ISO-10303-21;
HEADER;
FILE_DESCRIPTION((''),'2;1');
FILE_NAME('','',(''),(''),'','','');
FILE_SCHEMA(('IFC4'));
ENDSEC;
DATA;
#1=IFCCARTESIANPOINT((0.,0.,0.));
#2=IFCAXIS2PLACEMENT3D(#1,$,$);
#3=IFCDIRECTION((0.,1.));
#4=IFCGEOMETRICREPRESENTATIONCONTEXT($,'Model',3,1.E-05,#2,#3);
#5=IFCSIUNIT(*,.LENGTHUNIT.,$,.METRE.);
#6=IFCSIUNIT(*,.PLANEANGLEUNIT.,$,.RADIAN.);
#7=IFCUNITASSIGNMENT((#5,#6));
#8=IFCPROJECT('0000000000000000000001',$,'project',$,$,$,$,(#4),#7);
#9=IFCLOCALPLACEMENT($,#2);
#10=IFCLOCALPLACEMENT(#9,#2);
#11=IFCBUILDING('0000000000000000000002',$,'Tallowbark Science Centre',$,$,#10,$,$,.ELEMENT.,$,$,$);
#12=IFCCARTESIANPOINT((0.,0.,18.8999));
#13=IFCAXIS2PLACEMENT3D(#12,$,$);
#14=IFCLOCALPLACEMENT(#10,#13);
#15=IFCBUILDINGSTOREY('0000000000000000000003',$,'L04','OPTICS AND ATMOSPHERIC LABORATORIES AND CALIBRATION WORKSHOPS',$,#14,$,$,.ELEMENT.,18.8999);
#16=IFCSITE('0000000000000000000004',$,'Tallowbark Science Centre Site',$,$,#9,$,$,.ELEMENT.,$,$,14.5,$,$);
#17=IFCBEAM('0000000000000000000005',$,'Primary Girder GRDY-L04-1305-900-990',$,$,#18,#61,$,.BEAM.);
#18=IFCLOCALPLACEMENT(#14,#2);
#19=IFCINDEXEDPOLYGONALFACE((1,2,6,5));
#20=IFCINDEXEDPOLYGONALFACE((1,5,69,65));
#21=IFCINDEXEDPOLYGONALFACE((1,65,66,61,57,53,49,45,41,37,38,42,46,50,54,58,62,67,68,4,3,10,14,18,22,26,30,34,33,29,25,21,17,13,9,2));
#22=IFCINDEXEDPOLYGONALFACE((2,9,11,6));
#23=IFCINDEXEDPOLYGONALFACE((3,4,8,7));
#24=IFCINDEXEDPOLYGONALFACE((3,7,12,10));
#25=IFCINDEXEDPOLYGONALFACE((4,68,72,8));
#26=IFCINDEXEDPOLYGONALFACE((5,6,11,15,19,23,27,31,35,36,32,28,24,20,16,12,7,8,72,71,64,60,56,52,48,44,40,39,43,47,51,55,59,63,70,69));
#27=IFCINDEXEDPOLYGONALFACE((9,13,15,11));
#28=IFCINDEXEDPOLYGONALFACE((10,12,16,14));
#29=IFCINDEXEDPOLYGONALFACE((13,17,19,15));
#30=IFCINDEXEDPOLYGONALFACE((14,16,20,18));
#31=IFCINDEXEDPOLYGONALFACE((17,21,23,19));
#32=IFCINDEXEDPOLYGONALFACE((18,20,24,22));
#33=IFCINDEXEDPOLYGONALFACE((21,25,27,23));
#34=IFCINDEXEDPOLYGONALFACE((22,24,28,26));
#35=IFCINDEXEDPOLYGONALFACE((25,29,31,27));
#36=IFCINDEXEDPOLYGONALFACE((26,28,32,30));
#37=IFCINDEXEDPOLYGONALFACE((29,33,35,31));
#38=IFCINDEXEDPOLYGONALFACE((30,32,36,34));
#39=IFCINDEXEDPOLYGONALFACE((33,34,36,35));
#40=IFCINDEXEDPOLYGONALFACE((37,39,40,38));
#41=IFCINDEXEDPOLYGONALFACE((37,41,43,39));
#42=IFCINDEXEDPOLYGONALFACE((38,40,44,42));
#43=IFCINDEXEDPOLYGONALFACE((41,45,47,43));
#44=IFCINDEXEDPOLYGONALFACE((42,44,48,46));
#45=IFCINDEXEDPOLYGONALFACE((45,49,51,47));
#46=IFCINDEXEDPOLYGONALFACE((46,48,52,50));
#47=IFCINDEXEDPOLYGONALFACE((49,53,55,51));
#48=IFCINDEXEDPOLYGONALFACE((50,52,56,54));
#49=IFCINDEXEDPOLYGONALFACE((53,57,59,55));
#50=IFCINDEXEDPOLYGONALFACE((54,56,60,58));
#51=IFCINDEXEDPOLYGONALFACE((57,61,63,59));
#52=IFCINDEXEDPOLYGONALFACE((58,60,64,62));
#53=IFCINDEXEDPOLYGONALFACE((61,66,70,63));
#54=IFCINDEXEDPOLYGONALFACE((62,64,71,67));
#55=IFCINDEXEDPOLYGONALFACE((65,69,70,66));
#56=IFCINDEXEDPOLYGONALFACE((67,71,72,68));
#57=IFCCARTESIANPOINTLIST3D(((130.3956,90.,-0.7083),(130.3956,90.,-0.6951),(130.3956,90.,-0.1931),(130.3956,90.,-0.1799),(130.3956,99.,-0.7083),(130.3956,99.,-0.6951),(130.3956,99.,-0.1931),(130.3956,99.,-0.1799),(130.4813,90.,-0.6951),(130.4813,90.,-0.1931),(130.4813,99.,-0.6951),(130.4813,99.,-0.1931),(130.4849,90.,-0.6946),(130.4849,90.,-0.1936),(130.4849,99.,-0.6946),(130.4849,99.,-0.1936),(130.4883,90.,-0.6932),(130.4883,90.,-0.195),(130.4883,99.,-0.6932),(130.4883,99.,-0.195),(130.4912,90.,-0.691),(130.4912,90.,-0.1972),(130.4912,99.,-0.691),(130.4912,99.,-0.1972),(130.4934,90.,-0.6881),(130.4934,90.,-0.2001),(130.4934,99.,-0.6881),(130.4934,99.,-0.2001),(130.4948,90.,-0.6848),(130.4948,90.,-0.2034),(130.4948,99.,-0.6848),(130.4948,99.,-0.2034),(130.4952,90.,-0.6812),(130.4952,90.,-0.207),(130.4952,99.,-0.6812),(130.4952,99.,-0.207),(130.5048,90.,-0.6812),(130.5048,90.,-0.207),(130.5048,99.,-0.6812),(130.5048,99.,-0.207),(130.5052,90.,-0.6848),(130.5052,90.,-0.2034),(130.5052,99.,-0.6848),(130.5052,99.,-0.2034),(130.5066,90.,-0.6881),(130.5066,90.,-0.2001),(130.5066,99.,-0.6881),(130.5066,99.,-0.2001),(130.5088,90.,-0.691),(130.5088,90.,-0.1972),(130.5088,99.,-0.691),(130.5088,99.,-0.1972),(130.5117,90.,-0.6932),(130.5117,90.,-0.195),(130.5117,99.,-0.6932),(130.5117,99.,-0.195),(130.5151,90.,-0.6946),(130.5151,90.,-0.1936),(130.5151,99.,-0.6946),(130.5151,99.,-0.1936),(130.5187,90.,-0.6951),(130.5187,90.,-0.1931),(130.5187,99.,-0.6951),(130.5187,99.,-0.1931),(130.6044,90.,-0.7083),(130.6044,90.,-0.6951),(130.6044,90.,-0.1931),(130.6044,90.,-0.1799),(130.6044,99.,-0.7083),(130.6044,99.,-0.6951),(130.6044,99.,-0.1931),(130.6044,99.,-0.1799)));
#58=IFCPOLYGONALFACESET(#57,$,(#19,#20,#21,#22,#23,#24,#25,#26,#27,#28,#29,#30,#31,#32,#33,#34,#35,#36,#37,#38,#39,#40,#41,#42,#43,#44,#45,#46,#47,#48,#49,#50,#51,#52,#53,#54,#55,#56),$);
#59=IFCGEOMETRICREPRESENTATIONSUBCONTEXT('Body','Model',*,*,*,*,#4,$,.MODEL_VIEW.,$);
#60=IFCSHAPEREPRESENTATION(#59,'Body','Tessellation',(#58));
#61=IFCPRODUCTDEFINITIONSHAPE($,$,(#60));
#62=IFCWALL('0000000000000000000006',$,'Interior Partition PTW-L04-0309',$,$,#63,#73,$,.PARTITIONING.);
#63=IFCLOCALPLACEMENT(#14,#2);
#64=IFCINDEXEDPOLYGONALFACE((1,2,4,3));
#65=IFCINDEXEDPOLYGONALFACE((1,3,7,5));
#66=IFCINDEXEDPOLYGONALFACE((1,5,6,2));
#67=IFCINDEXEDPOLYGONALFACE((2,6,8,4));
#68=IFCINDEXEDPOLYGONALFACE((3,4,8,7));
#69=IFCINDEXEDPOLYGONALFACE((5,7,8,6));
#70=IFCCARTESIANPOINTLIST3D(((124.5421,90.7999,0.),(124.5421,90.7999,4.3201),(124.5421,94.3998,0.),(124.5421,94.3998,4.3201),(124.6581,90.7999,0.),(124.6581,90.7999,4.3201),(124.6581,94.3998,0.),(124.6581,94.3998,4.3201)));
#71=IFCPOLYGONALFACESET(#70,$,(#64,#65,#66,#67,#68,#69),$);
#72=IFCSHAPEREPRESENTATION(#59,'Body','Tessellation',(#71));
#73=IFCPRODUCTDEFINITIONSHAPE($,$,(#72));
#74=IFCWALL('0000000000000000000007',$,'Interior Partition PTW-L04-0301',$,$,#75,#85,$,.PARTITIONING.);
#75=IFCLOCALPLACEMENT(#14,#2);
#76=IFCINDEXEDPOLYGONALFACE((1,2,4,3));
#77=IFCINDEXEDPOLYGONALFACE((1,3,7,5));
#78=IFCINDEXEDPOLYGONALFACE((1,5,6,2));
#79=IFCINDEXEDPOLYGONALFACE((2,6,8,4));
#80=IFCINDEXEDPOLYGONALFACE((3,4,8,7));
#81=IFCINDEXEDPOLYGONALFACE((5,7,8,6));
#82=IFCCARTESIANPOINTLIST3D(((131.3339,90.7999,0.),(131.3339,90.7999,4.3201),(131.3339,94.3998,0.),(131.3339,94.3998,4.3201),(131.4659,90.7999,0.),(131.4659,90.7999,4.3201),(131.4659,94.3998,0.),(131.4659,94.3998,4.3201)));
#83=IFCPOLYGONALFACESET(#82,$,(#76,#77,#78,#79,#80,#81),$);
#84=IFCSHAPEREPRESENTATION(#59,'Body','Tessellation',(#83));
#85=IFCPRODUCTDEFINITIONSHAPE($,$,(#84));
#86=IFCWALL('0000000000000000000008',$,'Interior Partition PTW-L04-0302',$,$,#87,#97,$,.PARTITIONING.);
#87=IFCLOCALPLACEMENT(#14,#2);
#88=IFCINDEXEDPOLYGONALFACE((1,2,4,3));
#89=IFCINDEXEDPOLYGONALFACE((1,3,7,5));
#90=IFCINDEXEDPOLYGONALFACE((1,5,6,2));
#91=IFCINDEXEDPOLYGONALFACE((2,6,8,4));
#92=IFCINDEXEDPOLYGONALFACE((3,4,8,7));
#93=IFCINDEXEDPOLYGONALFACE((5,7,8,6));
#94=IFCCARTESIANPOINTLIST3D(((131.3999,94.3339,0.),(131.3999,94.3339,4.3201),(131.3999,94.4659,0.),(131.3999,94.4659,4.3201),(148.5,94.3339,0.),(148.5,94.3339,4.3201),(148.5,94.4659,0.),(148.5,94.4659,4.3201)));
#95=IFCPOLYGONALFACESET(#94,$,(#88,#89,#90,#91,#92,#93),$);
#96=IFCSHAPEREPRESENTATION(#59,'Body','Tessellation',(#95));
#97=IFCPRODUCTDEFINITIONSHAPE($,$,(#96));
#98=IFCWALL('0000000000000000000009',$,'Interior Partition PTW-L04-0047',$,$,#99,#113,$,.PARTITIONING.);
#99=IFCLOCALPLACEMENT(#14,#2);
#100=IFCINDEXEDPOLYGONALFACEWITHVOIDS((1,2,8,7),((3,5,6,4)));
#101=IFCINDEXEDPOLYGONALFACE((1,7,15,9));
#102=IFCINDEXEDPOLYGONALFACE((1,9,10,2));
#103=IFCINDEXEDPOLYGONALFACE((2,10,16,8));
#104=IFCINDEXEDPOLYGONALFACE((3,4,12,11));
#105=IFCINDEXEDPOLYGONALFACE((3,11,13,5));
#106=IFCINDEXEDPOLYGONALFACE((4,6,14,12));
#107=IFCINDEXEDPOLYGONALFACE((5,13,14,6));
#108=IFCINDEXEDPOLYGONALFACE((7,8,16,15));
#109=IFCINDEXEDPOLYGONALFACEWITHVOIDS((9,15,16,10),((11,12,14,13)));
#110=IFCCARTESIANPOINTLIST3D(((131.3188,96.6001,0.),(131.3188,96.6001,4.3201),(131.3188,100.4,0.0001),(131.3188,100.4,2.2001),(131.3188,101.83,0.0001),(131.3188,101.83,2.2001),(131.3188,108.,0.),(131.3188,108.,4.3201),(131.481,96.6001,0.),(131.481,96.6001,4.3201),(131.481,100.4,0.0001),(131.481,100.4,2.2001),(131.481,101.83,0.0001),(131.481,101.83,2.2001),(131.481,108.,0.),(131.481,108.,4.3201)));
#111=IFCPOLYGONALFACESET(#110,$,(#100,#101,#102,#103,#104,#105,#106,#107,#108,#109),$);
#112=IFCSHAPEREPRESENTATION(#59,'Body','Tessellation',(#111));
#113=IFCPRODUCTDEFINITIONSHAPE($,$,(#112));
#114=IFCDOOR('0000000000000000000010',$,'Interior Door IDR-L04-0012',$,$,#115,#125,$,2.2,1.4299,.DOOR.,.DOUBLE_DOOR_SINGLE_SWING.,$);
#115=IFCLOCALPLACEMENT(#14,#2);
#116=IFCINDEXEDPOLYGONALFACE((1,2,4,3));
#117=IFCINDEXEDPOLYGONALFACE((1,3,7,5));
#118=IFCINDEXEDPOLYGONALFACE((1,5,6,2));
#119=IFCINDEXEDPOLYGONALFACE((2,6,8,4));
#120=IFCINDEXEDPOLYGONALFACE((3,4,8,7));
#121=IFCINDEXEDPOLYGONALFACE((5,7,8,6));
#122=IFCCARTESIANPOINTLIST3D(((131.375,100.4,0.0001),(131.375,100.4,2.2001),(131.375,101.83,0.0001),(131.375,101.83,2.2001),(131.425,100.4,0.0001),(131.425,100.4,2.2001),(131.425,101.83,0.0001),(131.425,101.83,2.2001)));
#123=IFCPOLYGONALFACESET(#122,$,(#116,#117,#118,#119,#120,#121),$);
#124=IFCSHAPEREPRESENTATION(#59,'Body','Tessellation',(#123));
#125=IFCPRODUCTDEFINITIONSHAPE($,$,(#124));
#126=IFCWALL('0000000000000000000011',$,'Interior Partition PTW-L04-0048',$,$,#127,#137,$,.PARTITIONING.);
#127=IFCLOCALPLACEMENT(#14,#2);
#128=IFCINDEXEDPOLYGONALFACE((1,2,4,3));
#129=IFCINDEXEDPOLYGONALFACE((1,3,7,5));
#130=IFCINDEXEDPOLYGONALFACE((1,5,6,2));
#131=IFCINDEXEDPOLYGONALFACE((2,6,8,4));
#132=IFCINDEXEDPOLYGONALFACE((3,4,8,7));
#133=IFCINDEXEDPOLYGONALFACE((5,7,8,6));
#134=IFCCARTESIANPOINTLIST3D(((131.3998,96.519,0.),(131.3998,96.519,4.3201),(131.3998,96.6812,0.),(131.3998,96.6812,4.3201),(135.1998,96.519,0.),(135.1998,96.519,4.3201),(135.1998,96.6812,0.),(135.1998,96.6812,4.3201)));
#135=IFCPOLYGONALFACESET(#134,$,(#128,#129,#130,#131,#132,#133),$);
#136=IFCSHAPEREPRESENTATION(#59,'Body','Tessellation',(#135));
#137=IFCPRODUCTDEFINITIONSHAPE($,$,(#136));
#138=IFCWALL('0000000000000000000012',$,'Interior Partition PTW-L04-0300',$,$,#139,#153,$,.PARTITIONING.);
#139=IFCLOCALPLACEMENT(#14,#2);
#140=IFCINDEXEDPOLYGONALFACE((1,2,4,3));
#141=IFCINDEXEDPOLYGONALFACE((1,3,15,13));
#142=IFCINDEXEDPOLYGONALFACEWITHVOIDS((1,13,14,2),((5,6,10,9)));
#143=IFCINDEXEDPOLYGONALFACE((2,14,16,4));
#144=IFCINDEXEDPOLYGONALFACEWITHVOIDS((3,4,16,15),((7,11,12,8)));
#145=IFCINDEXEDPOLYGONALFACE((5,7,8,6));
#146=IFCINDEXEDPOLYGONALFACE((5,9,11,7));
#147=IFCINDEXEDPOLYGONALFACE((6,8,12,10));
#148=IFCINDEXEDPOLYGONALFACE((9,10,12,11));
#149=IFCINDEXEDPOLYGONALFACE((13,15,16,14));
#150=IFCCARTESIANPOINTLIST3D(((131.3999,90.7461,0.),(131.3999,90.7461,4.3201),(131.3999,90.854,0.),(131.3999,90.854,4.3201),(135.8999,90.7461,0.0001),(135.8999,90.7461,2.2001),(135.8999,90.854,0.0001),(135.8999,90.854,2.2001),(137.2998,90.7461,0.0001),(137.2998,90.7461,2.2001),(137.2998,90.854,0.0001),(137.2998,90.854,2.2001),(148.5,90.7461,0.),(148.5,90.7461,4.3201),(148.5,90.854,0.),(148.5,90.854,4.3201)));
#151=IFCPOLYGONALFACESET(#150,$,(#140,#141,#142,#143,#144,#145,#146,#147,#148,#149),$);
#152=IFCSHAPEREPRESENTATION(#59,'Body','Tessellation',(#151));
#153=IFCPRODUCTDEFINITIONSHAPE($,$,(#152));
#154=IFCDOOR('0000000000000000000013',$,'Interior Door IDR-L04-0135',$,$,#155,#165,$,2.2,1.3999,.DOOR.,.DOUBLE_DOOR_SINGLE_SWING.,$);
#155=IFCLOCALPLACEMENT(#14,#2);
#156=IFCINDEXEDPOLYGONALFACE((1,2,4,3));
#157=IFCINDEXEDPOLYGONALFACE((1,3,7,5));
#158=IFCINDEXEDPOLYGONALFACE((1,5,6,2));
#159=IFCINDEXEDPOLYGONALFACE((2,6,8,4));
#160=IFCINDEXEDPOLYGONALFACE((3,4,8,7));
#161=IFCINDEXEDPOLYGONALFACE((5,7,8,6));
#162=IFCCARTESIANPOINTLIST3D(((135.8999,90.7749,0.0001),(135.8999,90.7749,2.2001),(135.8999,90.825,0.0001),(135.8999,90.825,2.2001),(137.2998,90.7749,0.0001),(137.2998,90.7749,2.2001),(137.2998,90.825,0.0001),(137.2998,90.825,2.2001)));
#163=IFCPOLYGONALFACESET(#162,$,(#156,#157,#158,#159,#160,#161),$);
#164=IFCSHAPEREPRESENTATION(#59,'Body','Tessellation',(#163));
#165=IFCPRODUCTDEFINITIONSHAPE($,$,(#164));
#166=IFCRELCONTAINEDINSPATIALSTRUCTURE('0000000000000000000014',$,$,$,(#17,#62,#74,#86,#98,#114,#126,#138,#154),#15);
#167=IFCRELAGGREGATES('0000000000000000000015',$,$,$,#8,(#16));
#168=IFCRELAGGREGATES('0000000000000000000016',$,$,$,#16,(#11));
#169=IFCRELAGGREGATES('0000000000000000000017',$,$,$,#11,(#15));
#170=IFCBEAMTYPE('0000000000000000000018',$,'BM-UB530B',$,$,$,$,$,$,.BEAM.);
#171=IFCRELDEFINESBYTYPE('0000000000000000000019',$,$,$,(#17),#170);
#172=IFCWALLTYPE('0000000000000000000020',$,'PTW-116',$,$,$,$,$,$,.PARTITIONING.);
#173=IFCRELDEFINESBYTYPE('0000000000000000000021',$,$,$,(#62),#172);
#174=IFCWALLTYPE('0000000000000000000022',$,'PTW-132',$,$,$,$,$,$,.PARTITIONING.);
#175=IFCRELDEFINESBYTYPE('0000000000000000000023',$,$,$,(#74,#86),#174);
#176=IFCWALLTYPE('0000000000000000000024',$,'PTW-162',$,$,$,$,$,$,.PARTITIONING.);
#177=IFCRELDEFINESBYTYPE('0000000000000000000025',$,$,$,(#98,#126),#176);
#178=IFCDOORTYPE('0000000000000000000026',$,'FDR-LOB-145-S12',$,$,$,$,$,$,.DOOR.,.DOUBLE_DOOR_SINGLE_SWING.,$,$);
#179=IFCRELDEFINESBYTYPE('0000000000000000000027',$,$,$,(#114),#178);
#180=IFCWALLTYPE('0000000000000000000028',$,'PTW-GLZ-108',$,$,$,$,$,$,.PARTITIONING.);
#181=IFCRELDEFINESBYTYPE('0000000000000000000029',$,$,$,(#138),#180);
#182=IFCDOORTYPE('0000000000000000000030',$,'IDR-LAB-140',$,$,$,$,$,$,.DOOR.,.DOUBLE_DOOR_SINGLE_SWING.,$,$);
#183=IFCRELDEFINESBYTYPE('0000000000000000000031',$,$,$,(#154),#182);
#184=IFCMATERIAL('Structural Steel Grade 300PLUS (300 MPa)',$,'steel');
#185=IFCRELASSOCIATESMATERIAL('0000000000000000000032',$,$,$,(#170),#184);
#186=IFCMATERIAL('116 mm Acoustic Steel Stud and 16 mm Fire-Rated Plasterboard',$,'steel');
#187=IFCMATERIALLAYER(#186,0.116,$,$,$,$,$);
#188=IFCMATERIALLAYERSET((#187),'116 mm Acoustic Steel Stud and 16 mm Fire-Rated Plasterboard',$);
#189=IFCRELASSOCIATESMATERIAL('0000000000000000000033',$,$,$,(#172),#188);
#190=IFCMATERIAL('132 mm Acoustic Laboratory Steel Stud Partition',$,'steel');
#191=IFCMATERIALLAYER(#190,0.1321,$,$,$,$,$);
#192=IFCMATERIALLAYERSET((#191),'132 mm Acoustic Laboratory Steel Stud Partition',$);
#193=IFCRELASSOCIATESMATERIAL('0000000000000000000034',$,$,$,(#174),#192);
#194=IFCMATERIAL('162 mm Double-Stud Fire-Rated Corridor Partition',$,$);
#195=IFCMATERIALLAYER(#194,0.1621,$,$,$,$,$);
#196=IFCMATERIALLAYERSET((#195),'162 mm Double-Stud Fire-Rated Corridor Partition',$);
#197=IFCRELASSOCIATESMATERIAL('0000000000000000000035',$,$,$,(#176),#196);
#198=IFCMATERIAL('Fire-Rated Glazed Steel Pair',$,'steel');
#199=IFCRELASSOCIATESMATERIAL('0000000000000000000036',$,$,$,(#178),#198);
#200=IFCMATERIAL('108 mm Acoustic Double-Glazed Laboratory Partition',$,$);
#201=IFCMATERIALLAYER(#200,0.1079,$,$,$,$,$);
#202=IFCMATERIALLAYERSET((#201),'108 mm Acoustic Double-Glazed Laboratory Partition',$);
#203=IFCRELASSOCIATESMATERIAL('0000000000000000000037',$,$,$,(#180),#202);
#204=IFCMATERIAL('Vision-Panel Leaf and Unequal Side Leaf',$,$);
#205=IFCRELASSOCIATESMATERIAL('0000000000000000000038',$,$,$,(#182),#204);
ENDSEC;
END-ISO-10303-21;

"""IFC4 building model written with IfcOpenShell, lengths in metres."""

from ifc_helpers import new_model, si_unit, direction, frame, frame_2d, origin, origin_2d, place, context, subcontext, project, spatial, rectangle, i_section, extrude, material, layer, layer_set, material_profile, profile_set, type_object, element, fill, save


model = new_model("IFC4")

# Units and contexts
model_context = context("Model", 3, precision=1e-05, world=origin(), true_north=direction((0.0, 1.0)))
body_context = subcontext(model_context, "Body", "Model", "MODEL_VIEW")
ifc_project = project(units=[si_unit("LENGTHUNIT", "METRE"), si_unit("PLANEANGLEUNIT", "RADIAN")], contexts=[model_context])

# Site, building, storey
site_placement = place(None, origin())
site = spatial("IfcSite", under=ifc_project, at=site_placement, Name="Tallowbark Science Centre Site", CompositionType="ELEMENT", RefElevation=14.5)
building_placement = place(site_placement, origin())
building = spatial("IfcBuilding", under=site, at=building_placement, Name="Tallowbark Science Centre", CompositionType="ELEMENT")
storey_placement = place(building_placement, frame((0.0, 0.0, 18.8999)))
storey = spatial("IfcBuildingStorey", under=building, at=storey_placement, Name="L04", Description="OPTICS AND ATMOSPHERIC LABORATORIES AND CALIBRATION WORKSHOPS", CompositionType="ELEMENT", Elevation=18.8999)

# Shared definitions
ifc_material_1 = material(Name="Structural Steel Grade 300PLUS (300 MPa)", Category="steel")

# Beam
ifc_material_profile_1 = material_profile(ifc_material_1, i_section(OverallWidth=0.2087, OverallDepth=0.5283, WebThickness=0.0095, FlangeThickness=0.0132, FilletRadius=0.0139, at=origin_2d()), Name="530UB82.0")
ifc_profile_set_1 = profile_set([ifc_material_profile_1], Name="Structural Steel Grade 300PLUS (300 MPa)")
beam_type_1 = type_object("IfcBeamType", Name="BM-UB530B", PredefinedType="BEAM", material=ifc_profile_set_1)
beam_placement = place(storey_placement, frame((130.5, 90.0, -0.4441), z_axis=(0.0, 1.0, 0.0), x_axis=(-1.0, 0.0, 0.0)))
element("IfcBeam", 1, at=beam_placement, inside=storey, type_object=beam_type_1, Name="Primary Girder GRDY-L04-1305-900-990", PredefinedType="BEAM", context=body_context, shape_type="SweptSolid", body=[
    extrude(i_section(OverallWidth=0.2087, OverallDepth=0.5283, WebThickness=0.0095, FlangeThickness=0.0132, FilletRadius=0.0139, at=origin_2d()), origin(), (0.0, 0.0, 1.0), 9.0),
])

# Walls
ifc_material_2 = material(Name="116 mm Acoustic Steel Stud and 16 mm Fire-Rated Plasterboard", Category="steel")
ifc_layer_1 = layer(ifc_material_2, 0.116)
ifc_layer_set_1 = layer_set([ifc_layer_1], Name="116 mm Acoustic Steel Stud and 16 mm Fire-Rated Plasterboard")
wall_type_1 = type_object("IfcWallType", Name="PTW-116", PredefinedType="PARTITIONING", material=ifc_layer_set_1)
wall_1_placement = place(storey_placement, frame((124.6001, 90.8, 0.0), z_axis=(0.0, 0.0, 1.0), x_axis=(0.0, 1.0, 0.0)))
element("IfcWall", 2, at=wall_1_placement, inside=storey, type_object=wall_type_1, Name="Interior Partition PTW-L04-0309", PredefinedType="PARTITIONING", context=body_context, shape_type="SweptSolid", body=[
    extrude(rectangle(XDim=3.5999, YDim=0.116, at=frame_2d((1.7998, 0.0))), origin(), (0.0, 0.0, 1.0), 4.3201),
])
ifc_material_3 = material(Name="132 mm Acoustic Laboratory Steel Stud Partition", Category="steel")
ifc_layer_2 = layer(ifc_material_3, 0.1321)
ifc_layer_set_2 = layer_set([ifc_layer_2], Name="132 mm Acoustic Laboratory Steel Stud Partition")
wall_type_2 = type_object("IfcWallType", Name="PTW-132", PredefinedType="PARTITIONING", material=ifc_layer_set_2)
wall_2_placement = place(storey_placement, frame((131.3999, 90.8, 0.0), z_axis=(0.0, 0.0, 1.0), x_axis=(0.0, 1.0, 0.0)))
element("IfcWall", 3, at=wall_2_placement, inside=storey, type_object=wall_type_2, Name="Interior Partition PTW-L04-0301", PredefinedType="PARTITIONING", context=body_context, shape_type="SweptSolid", body=[
    extrude(rectangle(XDim=3.5999, YDim=0.1321, at=frame_2d((1.7998, 0.0))), origin(), (0.0, 0.0, 1.0), 4.3201),
])
wall_3_placement = place(storey_placement, frame((131.3999, 94.3999, 0.0), z_axis=(0.0, 0.0, 1.0), x_axis=(1.0, 0.0, 0.0)))
element("IfcWall", 4, at=wall_3_placement, inside=storey, type_object=wall_type_2, Name="Interior Partition PTW-L04-0302", PredefinedType="PARTITIONING", context=body_context, shape_type="SweptSolid", body=[
    extrude(rectangle(XDim=17.1001, YDim=0.1321, at=frame_2d((8.55, 0.0))), origin(), (0.0, 0.0, 1.0), 4.3201),
])

# Wall, opening, door
ifc_material_4 = material(Name="162 mm Double-Stud Fire-Rated Corridor Partition")
ifc_layer_3 = layer(ifc_material_4, 0.1621)
ifc_layer_set_3 = layer_set([ifc_layer_3], Name="162 mm Double-Stud Fire-Rated Corridor Partition")
wall_type_3 = type_object("IfcWallType", Name="PTW-162", PredefinedType="PARTITIONING", material=ifc_layer_set_3)
wall_4_placement = place(storey_placement, frame((131.3999, 96.6001, 0.0), z_axis=(0.0, 0.0, 1.0), x_axis=(0.0, 1.0, 0.0)))
wall_4 = element("IfcWall", 5, at=wall_4_placement, inside=storey, type_object=wall_type_3, Name="Interior Partition PTW-L04-0047", PredefinedType="PARTITIONING", context=body_context, shape_type="SweptSolid", body=[
    extrude(rectangle(XDim=11.3999, YDim=0.1621, at=frame_2d((5.7, 0.0))), origin(), (0.0, 0.0, 1.0), 4.3201),
])
opening_1_placement = place(wall_4_placement, frame((3.8, 0.0, 0.0)))
opening_1 = element("IfcOpeningElement", 6, at=opening_1_placement, cuts=wall_4, PredefinedType="OPENING", context=body_context, shape_type="SweptSolid", body=[
    extrude(rectangle(XDim=1.4299, YDim=2.2, at=frame_2d((0.7148, 1.1001))), frame((0.0, 0.0911, 0.0), z_axis=(0.0, -1.0, 0.0), x_axis=(1.0, 0.0, 0.0)), (0.0, 0.0, 1.0), 0.1821),
])
ifc_material_5 = material(Name="Fire-Rated Glazed Steel Pair", Category="steel")
door_type_1 = type_object("IfcDoorType", Name="FDR-LOB-145-S12", OperationType="DOUBLE_DOOR_SINGLE_SWING", PredefinedType="DOOR", material=ifc_material_5)
door_1_placement = place(opening_1_placement, origin())
door_1 = element("IfcDoor", 7, at=door_1_placement, inside=storey, type_object=door_type_1, Name="Interior Door IDR-L04-0012", OperationType="DOUBLE_DOOR_SINGLE_SWING", OverallHeight=2.2, OverallWidth=1.4299, PredefinedType="DOOR", context=body_context, shape_type="SweptSolid", body=[
    extrude(rectangle(XDim=1.4299, YDim=2.2, at=frame_2d((0.7148, 1.1001))), frame((0.0, 0.0249, 0.0), z_axis=(0.0, -1.0, 0.0), x_axis=(1.0, 0.0, 0.0)), (0.0, 0.0, 1.0), 0.05),
])
fill(opening_1, door_1)

# Wall
wall_5_placement = place(storey_placement, frame((131.3999, 96.6001, 0.0), z_axis=(0.0, 0.0, 1.0), x_axis=(1.0, 0.0, 0.0)))
element("IfcWall", 8, at=wall_5_placement, inside=storey, type_object=wall_type_3, Name="Interior Partition PTW-L04-0048", PredefinedType="PARTITIONING", context=body_context, shape_type="SweptSolid", body=[
    extrude(rectangle(XDim=3.8, YDim=0.1621, at=frame_2d((1.8999, 0.0))), origin(), (0.0, 0.0, 1.0), 4.3201),
])

# Wall, opening, door
ifc_material_6 = material(Name="108 mm Acoustic Double-Glazed Laboratory Partition")
ifc_layer_4 = layer(ifc_material_6, 0.1079)
ifc_layer_set_4 = layer_set([ifc_layer_4], Name="108 mm Acoustic Double-Glazed Laboratory Partition")
wall_type_4 = type_object("IfcWallType", Name="PTW-GLZ-108", PredefinedType="PARTITIONING", material=ifc_layer_set_4)
wall_6_placement = place(storey_placement, frame((131.3999, 90.8, 0.0), z_axis=(0.0, 0.0, 1.0), x_axis=(1.0, 0.0, 0.0)))
wall_6 = element("IfcWall", 9, at=wall_6_placement, inside=storey, type_object=wall_type_4, Name="Interior Partition PTW-L04-0300", PredefinedType="PARTITIONING", context=body_context, shape_type="SweptSolid", body=[
    extrude(rectangle(XDim=17.1001, YDim=0.1079, at=frame_2d((8.55, 0.0))), origin(), (0.0, 0.0, 1.0), 4.3201),
])
opening_2_placement = place(wall_6_placement, frame((4.5, 0.0, 0.0)))
opening_2 = element("IfcOpeningElement", 10, at=opening_2_placement, cuts=wall_6, PredefinedType="OPENING", context=body_context, shape_type="SweptSolid", body=[
    extrude(rectangle(XDim=1.3999, YDim=2.2, at=frame_2d((0.7, 1.1001))), frame((0.0, 0.064, 0.0), z_axis=(0.0, -1.0, 0.0), x_axis=(1.0, 0.0, 0.0)), (0.0, 0.0, 1.0), 0.1279),
])
ifc_material_7 = material(Name="Vision-Panel Leaf and Unequal Side Leaf")
door_type_2 = type_object("IfcDoorType", Name="IDR-LAB-140", OperationType="DOUBLE_DOOR_SINGLE_SWING", PredefinedType="DOOR", material=ifc_material_7)
door_2_placement = place(opening_2_placement, origin())
door_2 = element("IfcDoor", 11, at=door_2_placement, inside=storey, type_object=door_type_2, Name="Interior Door IDR-L04-0135", OperationType="DOUBLE_DOOR_SINGLE_SWING", OverallHeight=2.2, OverallWidth=1.3999, PredefinedType="DOOR", context=body_context, shape_type="SweptSolid", body=[
    extrude(rectangle(XDim=1.3999, YDim=2.2, at=frame_2d((0.7, 1.1001))), frame((0.0, 0.0249, 0.0), z_axis=(0.0, -1.0, 0.0), x_axis=(1.0, 0.0, 0.0)), (0.0, 0.0, 1.0), 0.05),
])
fill(opening_2, door_2)

save(model, "model.ifc")
